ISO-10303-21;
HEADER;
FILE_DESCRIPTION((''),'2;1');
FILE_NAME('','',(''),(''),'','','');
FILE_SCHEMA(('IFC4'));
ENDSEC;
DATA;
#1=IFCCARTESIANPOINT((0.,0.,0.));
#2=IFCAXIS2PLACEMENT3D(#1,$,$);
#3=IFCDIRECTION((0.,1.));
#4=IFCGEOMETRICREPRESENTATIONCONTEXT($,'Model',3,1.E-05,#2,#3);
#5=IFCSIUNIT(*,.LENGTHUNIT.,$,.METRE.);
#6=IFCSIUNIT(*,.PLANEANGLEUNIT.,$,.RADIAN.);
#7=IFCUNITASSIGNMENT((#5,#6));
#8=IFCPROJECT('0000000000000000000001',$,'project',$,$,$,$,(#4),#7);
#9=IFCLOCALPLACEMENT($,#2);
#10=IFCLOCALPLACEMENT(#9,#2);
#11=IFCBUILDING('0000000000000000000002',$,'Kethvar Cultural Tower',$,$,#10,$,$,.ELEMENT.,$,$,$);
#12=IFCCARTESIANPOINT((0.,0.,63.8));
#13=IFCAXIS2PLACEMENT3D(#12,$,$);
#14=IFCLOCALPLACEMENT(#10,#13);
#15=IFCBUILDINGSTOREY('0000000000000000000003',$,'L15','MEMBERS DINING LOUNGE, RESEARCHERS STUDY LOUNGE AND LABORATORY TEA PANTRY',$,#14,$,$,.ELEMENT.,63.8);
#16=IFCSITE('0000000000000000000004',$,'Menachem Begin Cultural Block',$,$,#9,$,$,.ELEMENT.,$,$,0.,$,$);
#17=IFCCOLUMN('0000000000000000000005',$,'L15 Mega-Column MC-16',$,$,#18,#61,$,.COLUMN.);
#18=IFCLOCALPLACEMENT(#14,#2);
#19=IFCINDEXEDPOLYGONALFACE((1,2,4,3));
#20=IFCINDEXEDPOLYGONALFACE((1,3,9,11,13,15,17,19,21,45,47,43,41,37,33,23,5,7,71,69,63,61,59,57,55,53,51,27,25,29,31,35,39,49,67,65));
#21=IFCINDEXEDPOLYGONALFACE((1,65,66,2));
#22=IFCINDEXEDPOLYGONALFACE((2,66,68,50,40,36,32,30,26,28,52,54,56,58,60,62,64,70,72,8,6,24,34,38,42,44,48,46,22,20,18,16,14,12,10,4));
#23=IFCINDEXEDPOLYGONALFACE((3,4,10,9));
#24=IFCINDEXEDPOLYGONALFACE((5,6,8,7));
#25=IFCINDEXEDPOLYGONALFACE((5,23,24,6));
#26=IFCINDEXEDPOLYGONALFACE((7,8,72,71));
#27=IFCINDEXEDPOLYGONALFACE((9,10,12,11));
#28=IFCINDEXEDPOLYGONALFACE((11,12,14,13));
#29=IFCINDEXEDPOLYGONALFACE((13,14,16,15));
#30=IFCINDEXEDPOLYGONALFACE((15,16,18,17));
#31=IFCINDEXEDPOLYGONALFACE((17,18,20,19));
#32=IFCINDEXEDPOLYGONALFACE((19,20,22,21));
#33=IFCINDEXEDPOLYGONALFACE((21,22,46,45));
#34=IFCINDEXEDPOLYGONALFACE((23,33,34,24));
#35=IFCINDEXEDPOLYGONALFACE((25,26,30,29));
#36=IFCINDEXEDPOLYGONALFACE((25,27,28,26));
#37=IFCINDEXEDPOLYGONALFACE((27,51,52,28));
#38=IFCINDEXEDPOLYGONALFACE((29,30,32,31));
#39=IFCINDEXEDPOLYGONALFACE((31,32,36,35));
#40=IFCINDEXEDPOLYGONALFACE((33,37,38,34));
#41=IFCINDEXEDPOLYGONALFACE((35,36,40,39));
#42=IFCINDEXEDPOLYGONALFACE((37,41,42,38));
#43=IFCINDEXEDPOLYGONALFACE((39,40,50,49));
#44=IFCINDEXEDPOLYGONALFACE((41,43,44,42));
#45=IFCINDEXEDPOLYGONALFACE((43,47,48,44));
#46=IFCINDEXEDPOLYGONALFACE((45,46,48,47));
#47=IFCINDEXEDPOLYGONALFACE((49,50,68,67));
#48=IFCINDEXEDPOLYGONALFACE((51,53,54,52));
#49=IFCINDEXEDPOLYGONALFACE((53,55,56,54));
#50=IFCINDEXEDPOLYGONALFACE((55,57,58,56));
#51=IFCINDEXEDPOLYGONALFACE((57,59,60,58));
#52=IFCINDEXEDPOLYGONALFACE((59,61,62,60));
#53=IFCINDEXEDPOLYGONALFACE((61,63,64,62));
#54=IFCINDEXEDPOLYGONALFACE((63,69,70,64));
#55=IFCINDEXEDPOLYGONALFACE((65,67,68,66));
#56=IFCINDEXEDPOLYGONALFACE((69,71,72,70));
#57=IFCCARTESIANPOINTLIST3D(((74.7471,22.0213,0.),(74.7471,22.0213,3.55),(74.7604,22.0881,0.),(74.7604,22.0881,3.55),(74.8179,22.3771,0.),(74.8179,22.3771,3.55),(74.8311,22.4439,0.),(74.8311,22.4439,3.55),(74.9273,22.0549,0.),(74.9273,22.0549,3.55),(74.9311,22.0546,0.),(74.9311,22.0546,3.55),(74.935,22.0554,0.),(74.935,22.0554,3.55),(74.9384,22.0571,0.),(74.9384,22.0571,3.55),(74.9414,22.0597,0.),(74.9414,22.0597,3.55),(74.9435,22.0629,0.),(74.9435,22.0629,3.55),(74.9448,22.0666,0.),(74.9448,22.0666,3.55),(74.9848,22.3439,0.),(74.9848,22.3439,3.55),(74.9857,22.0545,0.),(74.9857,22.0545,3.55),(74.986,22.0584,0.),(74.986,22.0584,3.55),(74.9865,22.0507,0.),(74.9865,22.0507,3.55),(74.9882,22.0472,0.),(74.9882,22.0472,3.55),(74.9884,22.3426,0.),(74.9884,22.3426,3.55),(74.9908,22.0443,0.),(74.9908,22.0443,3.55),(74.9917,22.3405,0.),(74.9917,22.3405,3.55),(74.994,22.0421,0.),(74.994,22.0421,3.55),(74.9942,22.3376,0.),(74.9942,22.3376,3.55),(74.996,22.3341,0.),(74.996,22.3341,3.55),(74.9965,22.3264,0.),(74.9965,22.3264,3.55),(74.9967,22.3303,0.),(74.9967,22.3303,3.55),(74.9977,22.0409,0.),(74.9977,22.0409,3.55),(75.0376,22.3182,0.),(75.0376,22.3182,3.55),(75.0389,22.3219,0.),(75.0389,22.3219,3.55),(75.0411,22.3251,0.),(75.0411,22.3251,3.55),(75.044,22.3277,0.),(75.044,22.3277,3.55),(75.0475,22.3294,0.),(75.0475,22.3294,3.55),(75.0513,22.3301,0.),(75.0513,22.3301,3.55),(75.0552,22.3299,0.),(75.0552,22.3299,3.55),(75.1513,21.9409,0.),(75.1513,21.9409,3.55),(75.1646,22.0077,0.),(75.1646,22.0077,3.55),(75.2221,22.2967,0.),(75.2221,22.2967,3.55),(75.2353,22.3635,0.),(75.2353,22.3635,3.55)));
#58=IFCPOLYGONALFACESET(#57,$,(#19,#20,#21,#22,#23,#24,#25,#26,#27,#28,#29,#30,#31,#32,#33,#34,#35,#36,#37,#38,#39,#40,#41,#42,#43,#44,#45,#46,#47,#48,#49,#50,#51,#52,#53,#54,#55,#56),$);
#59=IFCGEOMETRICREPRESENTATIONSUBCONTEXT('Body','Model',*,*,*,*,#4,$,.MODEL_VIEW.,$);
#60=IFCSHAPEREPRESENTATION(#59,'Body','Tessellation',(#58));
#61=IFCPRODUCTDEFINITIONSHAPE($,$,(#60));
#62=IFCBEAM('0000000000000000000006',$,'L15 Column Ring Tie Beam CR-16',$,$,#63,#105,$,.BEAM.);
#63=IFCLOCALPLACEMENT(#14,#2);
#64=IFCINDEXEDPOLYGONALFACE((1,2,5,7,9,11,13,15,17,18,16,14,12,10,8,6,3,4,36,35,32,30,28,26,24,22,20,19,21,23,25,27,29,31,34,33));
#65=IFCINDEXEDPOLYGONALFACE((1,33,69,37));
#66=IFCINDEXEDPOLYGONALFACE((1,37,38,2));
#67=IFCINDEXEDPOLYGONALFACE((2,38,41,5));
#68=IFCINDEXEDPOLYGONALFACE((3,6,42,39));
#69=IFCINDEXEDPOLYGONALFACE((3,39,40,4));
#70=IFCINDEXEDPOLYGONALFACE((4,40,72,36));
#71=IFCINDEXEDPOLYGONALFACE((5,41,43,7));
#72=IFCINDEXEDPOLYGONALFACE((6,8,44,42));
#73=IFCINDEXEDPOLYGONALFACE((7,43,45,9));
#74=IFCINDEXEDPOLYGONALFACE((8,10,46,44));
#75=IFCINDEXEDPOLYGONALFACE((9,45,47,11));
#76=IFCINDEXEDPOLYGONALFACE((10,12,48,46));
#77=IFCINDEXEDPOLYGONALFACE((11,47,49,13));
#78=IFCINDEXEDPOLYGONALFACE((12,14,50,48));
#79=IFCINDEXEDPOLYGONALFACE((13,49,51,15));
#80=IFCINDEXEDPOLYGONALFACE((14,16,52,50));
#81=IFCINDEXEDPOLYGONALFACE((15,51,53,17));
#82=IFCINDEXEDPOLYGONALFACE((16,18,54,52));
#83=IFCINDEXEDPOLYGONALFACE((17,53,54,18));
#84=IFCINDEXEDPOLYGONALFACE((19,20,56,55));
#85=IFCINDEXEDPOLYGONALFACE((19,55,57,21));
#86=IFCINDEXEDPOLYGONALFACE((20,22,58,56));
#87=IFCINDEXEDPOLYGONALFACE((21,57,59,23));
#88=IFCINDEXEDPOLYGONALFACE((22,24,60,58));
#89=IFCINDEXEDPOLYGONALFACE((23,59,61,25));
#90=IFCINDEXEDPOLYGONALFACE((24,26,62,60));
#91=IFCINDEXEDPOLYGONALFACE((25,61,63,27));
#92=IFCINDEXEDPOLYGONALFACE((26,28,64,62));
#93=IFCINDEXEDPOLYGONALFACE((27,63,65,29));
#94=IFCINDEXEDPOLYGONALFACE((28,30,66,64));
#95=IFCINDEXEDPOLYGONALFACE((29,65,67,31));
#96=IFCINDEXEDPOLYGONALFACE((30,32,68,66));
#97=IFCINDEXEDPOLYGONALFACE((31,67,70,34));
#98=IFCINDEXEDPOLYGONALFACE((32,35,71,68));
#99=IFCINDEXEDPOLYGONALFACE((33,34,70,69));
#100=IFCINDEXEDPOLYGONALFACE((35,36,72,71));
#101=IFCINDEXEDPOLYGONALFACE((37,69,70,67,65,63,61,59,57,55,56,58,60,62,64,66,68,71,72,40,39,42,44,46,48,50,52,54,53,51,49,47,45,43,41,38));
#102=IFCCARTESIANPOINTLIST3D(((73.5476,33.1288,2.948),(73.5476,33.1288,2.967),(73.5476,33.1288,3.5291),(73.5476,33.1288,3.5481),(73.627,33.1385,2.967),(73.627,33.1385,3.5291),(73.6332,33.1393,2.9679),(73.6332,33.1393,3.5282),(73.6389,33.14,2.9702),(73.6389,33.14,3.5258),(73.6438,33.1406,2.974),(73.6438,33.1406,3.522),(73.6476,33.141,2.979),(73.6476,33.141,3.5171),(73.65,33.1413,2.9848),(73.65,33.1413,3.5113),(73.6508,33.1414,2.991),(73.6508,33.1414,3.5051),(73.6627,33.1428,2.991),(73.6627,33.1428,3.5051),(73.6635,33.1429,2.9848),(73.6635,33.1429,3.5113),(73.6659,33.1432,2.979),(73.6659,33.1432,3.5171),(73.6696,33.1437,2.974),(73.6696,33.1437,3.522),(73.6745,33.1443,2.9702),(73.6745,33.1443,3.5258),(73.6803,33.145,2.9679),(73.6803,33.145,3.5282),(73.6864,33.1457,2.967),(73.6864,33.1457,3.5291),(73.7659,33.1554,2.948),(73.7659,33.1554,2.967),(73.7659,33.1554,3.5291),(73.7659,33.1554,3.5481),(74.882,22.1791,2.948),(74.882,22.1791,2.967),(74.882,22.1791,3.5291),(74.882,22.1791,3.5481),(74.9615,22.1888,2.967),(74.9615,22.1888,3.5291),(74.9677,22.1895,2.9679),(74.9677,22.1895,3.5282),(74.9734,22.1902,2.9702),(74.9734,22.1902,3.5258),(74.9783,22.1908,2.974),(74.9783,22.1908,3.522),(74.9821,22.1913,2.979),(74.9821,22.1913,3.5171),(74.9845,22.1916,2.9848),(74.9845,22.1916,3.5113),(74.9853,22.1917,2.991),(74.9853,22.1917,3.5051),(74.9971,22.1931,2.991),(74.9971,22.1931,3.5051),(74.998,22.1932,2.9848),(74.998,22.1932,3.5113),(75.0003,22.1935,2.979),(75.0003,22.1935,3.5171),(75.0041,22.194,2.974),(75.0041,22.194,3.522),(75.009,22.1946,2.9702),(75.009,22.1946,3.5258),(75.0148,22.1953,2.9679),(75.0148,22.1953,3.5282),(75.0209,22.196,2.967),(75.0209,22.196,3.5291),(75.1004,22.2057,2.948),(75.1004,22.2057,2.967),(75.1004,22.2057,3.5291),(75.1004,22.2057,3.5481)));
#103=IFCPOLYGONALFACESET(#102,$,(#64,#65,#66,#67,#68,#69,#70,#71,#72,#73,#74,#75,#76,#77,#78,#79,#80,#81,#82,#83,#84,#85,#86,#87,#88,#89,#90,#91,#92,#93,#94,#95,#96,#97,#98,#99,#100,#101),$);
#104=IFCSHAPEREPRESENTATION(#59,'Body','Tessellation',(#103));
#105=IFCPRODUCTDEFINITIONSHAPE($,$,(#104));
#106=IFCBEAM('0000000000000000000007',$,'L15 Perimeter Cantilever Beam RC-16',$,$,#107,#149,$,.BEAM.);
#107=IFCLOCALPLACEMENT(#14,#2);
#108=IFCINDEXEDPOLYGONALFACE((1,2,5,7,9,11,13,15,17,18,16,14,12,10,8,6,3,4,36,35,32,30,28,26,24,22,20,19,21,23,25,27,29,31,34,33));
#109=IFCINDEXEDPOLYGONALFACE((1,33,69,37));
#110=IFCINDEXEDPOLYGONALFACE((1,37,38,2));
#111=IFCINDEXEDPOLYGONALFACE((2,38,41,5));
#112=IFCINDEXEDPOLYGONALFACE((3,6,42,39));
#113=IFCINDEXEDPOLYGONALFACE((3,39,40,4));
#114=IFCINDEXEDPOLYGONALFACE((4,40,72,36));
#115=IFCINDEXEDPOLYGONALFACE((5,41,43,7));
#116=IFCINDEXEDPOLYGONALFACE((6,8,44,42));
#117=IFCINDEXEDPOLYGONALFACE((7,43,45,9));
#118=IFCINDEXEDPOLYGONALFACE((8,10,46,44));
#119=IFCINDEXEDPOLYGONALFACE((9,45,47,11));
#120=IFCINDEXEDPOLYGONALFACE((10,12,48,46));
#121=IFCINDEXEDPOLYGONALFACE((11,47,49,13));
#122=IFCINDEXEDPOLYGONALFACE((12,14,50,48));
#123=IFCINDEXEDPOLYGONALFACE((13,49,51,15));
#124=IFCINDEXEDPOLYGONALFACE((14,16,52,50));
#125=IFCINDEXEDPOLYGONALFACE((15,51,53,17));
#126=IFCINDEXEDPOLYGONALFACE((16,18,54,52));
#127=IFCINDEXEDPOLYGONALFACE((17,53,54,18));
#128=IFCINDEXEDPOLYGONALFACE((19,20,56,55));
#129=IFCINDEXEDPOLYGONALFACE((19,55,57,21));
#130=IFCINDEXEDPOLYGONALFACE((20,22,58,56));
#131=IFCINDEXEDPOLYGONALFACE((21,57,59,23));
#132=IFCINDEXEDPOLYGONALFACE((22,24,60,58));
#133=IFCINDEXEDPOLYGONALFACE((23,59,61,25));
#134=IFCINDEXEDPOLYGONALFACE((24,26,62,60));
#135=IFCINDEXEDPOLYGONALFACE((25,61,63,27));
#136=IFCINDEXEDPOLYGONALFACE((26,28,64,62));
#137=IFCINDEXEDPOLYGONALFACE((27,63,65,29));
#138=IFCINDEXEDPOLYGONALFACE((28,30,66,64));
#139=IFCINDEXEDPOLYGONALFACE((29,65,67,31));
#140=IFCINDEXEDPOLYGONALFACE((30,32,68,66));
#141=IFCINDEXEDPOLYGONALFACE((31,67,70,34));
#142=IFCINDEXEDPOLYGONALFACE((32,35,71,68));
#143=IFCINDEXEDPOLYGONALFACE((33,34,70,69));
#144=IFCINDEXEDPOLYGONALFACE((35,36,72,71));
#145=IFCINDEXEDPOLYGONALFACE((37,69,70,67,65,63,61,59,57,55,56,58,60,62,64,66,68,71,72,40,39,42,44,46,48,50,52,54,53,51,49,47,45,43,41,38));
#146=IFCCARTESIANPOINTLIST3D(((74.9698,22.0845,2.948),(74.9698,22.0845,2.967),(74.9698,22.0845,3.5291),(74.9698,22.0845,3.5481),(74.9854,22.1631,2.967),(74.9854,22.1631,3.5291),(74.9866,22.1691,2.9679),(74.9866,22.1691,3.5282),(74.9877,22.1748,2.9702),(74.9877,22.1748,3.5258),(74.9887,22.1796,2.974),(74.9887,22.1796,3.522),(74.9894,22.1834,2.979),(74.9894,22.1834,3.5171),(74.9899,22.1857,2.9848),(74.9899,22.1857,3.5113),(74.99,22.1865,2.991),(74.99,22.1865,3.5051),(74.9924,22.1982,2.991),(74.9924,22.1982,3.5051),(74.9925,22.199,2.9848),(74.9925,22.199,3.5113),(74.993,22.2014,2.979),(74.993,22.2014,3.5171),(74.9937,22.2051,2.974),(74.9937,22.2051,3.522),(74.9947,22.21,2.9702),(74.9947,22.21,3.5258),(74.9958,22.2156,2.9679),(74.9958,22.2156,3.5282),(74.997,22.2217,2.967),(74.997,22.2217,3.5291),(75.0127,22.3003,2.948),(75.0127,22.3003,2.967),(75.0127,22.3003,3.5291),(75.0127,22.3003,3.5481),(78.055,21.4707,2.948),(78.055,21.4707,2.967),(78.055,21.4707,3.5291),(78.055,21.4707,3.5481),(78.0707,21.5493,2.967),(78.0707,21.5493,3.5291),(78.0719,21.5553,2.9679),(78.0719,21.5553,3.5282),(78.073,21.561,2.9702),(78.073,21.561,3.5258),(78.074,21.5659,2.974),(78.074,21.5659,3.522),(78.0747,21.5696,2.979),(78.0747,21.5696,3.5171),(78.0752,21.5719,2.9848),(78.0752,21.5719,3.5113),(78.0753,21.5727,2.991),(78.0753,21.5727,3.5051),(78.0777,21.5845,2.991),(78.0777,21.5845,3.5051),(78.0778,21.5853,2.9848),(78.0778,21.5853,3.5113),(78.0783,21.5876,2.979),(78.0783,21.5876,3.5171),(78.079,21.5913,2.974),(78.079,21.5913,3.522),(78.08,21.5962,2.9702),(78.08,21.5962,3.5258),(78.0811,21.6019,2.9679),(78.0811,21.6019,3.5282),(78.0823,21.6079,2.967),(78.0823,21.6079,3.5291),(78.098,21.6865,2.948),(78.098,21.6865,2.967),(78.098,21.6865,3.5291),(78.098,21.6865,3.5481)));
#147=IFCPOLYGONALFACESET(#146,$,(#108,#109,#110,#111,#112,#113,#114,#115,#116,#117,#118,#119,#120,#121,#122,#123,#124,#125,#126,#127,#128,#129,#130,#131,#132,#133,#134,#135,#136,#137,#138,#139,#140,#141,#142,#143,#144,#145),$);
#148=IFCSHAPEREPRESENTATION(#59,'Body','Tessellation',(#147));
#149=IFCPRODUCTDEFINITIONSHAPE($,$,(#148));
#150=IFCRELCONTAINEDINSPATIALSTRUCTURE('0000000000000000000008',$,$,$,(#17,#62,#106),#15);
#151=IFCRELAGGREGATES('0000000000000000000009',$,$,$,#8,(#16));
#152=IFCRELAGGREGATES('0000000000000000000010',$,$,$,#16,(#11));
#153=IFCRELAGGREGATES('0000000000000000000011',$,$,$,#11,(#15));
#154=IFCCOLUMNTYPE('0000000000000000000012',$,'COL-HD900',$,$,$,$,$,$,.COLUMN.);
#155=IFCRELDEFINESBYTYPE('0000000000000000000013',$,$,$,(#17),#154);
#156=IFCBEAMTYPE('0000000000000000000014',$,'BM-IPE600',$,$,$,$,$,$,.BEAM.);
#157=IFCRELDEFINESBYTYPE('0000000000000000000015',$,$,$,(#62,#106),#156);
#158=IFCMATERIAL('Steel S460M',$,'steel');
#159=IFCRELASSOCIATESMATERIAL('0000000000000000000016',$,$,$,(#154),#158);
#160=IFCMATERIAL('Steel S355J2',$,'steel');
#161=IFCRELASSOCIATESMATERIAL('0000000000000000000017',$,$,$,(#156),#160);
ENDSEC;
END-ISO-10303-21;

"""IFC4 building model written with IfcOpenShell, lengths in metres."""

from ifc_helpers import new_model, si_unit, direction, frame, origin, origin_2d, place, context, subcontext, project, spatial, i_section, extrude, source, transform, mapped, material, material_profile, profile_set, type_object, element, save


model = new_model("IFC4")

# Units and contexts
model_context = context("Model", 3, precision=1e-05, world=origin(), true_north=direction((0.0, 1.0)))
body_context = subcontext(model_context, "Body", "Model", "MODEL_VIEW")
ifc_project = project(units=[si_unit("LENGTHUNIT", "METRE"), si_unit("PLANEANGLEUNIT", "RADIAN")], contexts=[model_context])

# Site, building, storey
site_placement = place(None, origin())
site = spatial("IfcSite", under=ifc_project, at=site_placement, Name="Menachem Begin Cultural Block", CompositionType="ELEMENT", RefElevation=0.0)
building_placement = place(site_placement, origin())
building = spatial("IfcBuilding", under=site, at=building_placement, Name="Kethvar Cultural Tower", CompositionType="ELEMENT")
storey_placement = place(building_placement, frame((0.0, 0.0, 63.8)))
storey = spatial("IfcBuildingStorey", under=building, at=storey_placement, Name="L15", Description="MEMBERS DINING LOUNGE, RESEARCHERS STUDY LOUNGE AND LABORATORY TEA PANTRY", CompositionType="ELEMENT", Elevation=63.8)

# Column
ifc_material_1 = material(Name="Steel S460M", Category="steel")
ifc_material_profile_1 = material_profile(ifc_material_1, i_section(OverallWidth=0.4121, OverallDepth=0.4309, WebThickness=0.042, FlangeThickness=0.0681, FilletRadius=0.0149, at=origin_2d()), Name="Steel S460M — HD400x900")
ifc_profile_set_1 = profile_set([ifc_material_profile_1], Name="Steel S460M — HD400x900")
column_type = type_object("IfcColumnType", Name="COL-HD900", PredefinedType="COLUMN", material=ifc_profile_set_1)
shared_shape_1 = source(origin(), body_context, "Body", "SweptSolid", [
    extrude(i_section(OverallWidth=0.4121, OverallDepth=0.4309, WebThickness=0.042, FlangeThickness=0.0681, FilletRadius=0.0149, at=origin_2d()), origin(), (0.0, 0.0, 1.0), 3.55),
])
column_placement = place(storey_placement, frame((74.9912, 22.1924, 0.0), z_axis=(0.0, 0.0, 1.0), x_axis=(0.980785, -0.19509, 0.0)))
element("IfcColumn", 1, at=column_placement, inside=storey, type_object=column_type, Name="L15 Mega-Column MC-16", PredefinedType="COLUMN", context=body_context, shape_type="MappedRepresentation", body=[
    mapped(shared_shape_1, transform((0.0, 0.0, 0.0), scale=1.0)),
])

# Beams
ifc_material_2 = material(Name="Steel S355J2", Category="steel")
ifc_material_profile_2 = material_profile(ifc_material_2, i_section(OverallWidth=0.22, OverallDepth=0.6001, WebThickness=0.012, FlangeThickness=0.019, FilletRadius=0.0239, at=origin_2d()), Name="Steel S355J2 — IPE600")
ifc_profile_set_2 = profile_set([ifc_material_profile_2], Name="Steel S355J2 — IPE600")
beam_type_1 = type_object("IfcBeamType", Name="BM-IPE600", PredefinedType="BEAM", material=ifc_profile_set_2)
shared_shape_2 = source(origin(), body_context, "Body", "SweptSolid", [
    extrude(i_section(OverallWidth=0.22, OverallDepth=0.6001, WebThickness=0.012, FlangeThickness=0.019, FilletRadius=0.0239, at=origin_2d()), origin(), (0.0, 0.0, 1.0), 11.0308),
])
beam_1_placement = place(storey_placement, frame((74.9912, 22.1924, 3.248), z_axis=(-0.120978, 0.992655, 0.0), x_axis=(-0.992655, -0.120978, 0.0)))
element("IfcBeam", 2, at=beam_1_placement, inside=storey, type_object=beam_type_1, Name="L15 Column Ring Tie Beam CR-16", PredefinedType="BEAM", context=body_context, shape_type="MappedRepresentation", body=[
    mapped(shared_shape_2, transform((0.0, 0.0, 0.0), scale=1.0)),
])
shared_shape_3 = source(origin(), body_context, "Body", "SweptSolid", [
    extrude(i_section(OverallWidth=0.22, OverallDepth=0.6001, WebThickness=0.012, FlangeThickness=0.019, FilletRadius=0.0239, at=origin_2d()), origin(), (0.0, 0.0, 1.0), 3.1458),
])
beam_2_placement = place(storey_placement, frame((74.9912, 22.1924, 3.248), z_axis=(0.98078, -0.195116, 0.0), x_axis=(0.195116, 0.98078, 0.0)))
element("IfcBeam", 3, at=beam_2_placement, inside=storey, type_object=beam_type_1, Name="L15 Perimeter Cantilever Beam RC-16", PredefinedType="BEAM", context=body_context, shape_type="MappedRepresentation", body=[
    mapped(shared_shape_3, transform((0.0, 0.0, 0.0), scale=1.0)),
])

save(model, "model.ifc")
